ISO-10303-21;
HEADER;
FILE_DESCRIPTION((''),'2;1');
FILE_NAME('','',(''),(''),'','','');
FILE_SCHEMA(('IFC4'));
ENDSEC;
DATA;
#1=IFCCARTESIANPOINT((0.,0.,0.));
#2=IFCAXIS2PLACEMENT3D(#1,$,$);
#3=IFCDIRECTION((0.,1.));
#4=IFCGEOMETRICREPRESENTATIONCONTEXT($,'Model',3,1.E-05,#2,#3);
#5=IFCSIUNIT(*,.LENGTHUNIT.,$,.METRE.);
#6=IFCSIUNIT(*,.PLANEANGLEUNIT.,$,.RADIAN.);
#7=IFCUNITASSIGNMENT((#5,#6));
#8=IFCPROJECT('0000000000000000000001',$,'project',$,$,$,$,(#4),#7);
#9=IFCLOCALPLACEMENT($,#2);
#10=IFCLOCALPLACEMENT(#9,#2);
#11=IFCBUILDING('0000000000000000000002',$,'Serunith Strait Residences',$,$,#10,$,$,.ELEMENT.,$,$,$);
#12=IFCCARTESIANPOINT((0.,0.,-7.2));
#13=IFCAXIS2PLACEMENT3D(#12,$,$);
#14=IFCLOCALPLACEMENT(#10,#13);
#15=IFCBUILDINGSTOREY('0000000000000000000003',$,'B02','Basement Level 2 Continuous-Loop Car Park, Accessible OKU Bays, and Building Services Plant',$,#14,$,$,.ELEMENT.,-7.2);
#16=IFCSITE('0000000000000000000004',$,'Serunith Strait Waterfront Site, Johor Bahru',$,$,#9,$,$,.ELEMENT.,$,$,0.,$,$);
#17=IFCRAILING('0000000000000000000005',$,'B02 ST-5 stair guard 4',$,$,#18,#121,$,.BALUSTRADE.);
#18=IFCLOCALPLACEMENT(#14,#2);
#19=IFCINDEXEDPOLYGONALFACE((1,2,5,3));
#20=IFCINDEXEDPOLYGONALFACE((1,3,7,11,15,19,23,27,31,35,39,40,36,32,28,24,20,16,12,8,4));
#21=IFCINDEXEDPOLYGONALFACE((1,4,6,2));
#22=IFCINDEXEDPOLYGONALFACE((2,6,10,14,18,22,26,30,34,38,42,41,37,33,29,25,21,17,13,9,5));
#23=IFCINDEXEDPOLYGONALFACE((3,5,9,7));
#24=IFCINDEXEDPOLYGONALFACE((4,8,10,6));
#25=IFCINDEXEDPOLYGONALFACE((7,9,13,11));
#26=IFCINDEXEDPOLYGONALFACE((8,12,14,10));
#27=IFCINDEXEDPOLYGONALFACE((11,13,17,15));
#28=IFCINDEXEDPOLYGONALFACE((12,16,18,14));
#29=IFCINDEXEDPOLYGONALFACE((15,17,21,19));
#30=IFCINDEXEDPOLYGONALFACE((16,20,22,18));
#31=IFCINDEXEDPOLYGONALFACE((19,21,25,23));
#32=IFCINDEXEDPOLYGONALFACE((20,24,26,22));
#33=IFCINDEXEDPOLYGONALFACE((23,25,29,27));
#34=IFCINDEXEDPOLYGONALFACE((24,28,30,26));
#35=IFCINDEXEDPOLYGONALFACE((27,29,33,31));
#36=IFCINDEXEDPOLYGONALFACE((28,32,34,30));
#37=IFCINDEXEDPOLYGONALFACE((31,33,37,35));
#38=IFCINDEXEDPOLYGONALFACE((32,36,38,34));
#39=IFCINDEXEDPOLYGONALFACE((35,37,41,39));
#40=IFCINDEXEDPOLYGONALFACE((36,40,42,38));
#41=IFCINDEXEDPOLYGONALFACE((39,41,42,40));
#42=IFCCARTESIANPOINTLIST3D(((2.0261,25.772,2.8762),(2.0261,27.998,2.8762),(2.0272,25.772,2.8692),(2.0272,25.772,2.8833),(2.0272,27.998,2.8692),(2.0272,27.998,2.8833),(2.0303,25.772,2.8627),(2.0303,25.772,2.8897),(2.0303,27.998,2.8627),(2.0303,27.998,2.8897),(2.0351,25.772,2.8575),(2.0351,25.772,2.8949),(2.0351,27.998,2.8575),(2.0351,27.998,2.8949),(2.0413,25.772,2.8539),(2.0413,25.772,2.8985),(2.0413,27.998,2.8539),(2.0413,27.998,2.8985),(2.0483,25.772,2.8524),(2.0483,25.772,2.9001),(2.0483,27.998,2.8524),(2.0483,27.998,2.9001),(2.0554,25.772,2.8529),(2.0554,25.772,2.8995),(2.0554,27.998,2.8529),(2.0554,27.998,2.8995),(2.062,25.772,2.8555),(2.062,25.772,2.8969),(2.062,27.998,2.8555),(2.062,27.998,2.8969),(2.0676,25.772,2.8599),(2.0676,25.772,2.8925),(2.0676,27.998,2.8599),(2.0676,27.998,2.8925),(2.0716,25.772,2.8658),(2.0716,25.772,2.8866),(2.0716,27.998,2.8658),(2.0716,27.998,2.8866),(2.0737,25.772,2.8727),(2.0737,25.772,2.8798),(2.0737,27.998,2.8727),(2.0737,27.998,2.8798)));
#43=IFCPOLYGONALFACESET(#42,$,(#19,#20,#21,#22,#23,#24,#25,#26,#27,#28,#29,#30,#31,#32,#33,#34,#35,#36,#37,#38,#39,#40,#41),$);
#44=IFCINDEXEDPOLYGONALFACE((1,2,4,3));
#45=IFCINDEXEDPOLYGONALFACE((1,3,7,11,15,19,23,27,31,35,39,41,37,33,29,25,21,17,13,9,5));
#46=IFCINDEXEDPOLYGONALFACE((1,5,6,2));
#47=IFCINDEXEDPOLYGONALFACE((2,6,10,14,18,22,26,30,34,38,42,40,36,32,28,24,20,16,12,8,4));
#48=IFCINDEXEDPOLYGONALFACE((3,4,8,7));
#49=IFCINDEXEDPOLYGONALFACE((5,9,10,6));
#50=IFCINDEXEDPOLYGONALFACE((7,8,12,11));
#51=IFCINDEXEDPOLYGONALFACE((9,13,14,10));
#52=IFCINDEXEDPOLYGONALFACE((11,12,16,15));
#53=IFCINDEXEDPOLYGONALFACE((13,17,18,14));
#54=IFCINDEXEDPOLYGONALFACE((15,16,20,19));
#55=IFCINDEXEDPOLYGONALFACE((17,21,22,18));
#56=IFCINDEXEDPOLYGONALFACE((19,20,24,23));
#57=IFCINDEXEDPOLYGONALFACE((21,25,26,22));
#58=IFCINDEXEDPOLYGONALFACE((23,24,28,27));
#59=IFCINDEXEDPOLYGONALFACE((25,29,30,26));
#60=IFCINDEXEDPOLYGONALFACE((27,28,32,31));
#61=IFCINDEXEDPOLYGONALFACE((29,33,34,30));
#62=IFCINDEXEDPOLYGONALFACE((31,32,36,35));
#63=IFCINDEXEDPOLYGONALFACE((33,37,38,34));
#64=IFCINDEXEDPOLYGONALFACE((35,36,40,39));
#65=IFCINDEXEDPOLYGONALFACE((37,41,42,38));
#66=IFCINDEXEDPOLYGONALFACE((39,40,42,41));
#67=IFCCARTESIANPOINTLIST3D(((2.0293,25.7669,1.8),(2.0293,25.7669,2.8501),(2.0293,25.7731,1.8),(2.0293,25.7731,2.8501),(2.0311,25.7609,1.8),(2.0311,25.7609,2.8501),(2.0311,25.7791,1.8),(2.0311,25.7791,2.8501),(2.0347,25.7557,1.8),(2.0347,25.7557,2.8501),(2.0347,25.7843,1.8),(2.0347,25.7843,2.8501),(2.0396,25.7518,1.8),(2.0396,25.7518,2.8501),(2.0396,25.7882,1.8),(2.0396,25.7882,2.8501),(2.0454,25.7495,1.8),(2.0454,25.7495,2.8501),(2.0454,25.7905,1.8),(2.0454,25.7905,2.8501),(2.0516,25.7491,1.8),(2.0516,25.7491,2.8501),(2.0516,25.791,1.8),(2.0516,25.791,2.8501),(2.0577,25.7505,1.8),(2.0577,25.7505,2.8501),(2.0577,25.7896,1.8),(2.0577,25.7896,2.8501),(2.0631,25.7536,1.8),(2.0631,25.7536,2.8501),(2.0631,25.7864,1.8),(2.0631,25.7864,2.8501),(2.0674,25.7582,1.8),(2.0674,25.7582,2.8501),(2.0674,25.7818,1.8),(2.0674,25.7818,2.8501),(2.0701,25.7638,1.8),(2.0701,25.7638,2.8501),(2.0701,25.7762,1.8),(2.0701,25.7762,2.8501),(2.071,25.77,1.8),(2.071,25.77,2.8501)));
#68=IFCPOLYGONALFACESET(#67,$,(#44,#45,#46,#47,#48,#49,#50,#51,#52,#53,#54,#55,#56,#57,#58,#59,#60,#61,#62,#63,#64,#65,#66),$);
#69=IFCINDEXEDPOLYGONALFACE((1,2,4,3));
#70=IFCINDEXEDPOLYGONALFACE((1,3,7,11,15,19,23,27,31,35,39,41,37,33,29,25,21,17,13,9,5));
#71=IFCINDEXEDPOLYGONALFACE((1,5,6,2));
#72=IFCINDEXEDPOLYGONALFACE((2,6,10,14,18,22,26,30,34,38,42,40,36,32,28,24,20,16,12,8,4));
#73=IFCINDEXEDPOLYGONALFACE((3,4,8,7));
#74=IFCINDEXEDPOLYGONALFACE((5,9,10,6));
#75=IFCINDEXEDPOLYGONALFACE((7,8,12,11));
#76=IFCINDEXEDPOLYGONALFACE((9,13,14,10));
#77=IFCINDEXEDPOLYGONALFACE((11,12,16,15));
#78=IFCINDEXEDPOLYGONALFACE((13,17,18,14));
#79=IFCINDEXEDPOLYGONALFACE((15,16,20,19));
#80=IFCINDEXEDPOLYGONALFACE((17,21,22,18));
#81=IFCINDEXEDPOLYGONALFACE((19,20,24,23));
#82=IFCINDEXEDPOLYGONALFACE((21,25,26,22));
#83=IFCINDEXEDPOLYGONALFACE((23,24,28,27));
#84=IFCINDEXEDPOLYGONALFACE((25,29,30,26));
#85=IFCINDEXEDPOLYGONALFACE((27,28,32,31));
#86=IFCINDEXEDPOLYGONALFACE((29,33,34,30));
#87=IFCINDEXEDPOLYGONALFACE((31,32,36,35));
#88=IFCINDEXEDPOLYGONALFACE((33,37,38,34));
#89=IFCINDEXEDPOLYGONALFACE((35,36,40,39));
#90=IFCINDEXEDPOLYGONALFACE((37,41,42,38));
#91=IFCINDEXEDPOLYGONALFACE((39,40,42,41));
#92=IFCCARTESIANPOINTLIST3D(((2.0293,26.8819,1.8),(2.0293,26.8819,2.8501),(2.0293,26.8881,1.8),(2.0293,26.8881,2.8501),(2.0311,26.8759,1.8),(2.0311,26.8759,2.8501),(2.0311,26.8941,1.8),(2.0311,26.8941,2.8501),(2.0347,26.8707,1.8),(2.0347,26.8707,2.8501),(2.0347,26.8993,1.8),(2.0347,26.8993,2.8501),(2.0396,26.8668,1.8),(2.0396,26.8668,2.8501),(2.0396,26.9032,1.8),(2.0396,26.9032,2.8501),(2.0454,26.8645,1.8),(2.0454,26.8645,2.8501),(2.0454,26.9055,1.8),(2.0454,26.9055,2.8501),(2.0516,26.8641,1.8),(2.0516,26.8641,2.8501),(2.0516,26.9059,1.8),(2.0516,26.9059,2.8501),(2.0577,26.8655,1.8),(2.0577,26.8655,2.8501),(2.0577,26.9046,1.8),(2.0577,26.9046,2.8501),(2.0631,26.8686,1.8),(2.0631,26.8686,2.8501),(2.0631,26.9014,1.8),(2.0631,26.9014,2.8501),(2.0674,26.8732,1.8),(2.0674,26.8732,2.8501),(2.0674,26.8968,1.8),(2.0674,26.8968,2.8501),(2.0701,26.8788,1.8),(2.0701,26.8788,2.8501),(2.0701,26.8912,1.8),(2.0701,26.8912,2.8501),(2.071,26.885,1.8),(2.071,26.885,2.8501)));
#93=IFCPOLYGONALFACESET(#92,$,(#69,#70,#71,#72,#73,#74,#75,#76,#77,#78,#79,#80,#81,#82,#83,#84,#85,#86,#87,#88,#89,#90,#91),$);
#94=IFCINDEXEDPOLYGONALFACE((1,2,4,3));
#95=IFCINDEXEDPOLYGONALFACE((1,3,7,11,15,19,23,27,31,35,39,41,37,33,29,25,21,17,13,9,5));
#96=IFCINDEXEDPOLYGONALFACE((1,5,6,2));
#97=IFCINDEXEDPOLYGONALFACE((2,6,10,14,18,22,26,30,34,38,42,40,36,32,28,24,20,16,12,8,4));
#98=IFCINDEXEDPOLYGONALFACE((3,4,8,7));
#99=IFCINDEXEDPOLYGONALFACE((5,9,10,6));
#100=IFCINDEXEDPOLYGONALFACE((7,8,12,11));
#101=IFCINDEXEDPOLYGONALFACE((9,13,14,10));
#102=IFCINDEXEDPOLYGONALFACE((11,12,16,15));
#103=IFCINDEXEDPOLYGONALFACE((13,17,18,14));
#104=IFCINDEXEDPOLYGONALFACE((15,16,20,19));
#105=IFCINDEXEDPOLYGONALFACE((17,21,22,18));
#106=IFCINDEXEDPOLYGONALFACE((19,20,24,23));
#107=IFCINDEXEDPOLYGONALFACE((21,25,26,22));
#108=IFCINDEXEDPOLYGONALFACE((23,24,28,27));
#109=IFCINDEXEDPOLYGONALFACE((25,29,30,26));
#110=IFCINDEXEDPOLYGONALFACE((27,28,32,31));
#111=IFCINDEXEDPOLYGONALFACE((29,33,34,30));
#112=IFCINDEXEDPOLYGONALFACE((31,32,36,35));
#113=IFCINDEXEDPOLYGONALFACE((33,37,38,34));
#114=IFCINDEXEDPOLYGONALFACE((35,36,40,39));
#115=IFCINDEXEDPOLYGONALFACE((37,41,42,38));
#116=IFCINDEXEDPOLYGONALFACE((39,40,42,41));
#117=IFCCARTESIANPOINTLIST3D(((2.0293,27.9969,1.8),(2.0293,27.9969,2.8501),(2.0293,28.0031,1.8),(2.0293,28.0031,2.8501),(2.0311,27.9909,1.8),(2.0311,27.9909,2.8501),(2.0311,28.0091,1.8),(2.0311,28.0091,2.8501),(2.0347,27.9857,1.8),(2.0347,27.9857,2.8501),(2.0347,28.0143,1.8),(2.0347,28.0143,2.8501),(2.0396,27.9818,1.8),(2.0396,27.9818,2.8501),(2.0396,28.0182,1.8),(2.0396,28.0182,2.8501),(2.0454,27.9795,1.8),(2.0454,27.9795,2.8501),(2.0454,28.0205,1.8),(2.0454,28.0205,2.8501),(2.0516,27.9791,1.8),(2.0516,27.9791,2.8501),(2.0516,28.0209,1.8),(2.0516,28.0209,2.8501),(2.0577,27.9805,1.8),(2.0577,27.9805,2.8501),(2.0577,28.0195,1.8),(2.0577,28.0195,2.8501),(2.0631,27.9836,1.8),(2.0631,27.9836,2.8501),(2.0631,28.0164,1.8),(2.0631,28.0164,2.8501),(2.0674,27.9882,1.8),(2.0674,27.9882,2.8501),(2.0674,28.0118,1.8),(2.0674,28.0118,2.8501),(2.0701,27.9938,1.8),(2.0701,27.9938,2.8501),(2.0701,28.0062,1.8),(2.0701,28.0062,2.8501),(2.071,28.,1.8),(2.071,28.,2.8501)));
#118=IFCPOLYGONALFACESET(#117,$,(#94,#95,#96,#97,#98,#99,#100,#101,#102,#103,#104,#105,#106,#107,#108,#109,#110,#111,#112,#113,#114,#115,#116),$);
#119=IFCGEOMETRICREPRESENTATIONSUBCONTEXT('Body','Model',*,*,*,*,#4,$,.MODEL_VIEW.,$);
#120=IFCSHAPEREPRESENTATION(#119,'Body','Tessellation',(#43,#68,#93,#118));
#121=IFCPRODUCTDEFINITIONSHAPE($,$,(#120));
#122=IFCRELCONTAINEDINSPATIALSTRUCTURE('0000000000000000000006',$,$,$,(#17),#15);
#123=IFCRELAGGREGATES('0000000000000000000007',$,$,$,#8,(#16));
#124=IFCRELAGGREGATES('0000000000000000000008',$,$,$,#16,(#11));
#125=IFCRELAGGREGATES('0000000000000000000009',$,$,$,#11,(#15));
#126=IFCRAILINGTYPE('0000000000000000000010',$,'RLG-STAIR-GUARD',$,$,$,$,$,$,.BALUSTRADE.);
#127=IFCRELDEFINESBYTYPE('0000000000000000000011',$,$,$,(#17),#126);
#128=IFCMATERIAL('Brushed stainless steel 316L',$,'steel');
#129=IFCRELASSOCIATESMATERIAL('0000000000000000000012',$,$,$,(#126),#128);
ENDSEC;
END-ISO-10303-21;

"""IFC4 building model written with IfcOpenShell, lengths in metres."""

from ifc_helpers import new_model, si_unit, direction, frame, origin, origin_2d, place, context, subcontext, project, spatial, circle, extrude, material, type_object, element, save


model = new_model("IFC4")

# Units and contexts
model_context = context("Model", 3, precision=1e-05, world=origin(), true_north=direction((0.0, 1.0)))
body_context = subcontext(model_context, "Body", "Model", "MODEL_VIEW")
ifc_project = project(units=[si_unit("LENGTHUNIT", "METRE"), si_unit("PLANEANGLEUNIT", "RADIAN")], contexts=[model_context])

# Site, building, storey
site_placement = place(None, origin())
site = spatial("IfcSite", under=ifc_project, at=site_placement, Name="Serunith Strait Waterfront Site, Johor Bahru", CompositionType="ELEMENT", RefElevation=0.0)
building_placement = place(site_placement, origin())
building = spatial("IfcBuilding", under=site, at=building_placement, Name="Serunith Strait Residences", CompositionType="ELEMENT")
storey_placement = place(building_placement, frame((0.0, 0.0, -7.2)))
storey = spatial("IfcBuildingStorey", under=building, at=storey_placement, Name="B02", Description="Basement Level 2 Continuous-Loop Car Park, Accessible OKU Bays, and Building Services Plant", CompositionType="ELEMENT", Elevation=-7.2)

# Railing
ifc_material_1 = material(Name="Brushed stainless steel 316L", Category="steel")
railing_type_1 = type_object("IfcRailingType", Name="RLG-STAIR-GUARD", PredefinedType="BALUSTRADE", material=ifc_material_1)
for number, where, name in (
    (1, (2.05, 25.77, 1.8), "B02 ST-5 stair guard 4"),
):
    element("IfcRailing", number, at=place(storey_placement, frame(where)), inside=storey, type_object=railing_type_1, Name=name, PredefinedType="BALUSTRADE", context=body_context, shape_type="SweptSolid", body=[
        extrude(circle(Radius=0.0239, at=origin_2d()), frame((0.0, 0.002, 1.0762), z_axis=(0.0, 1.0, 0.0), x_axis=(-1.0, 0.0, 0.0)), (0.0, 0.0, 1.0), 2.2261),
        extrude(circle(Radius=0.021, at=origin_2d()), origin(), (0.0, 0.0, 1.0), 1.05),
        extrude(circle(Radius=0.021, at=origin_2d()), frame((0.0, 1.115, 0.0)), (0.0, 0.0, 1.0), 1.05),
        extrude(circle(Radius=0.021, at=origin_2d()), frame((0.0, 2.23, 0.0)), (0.0, 0.0, 1.0), 1.05),
    ])

save(model, "model.ifc")
